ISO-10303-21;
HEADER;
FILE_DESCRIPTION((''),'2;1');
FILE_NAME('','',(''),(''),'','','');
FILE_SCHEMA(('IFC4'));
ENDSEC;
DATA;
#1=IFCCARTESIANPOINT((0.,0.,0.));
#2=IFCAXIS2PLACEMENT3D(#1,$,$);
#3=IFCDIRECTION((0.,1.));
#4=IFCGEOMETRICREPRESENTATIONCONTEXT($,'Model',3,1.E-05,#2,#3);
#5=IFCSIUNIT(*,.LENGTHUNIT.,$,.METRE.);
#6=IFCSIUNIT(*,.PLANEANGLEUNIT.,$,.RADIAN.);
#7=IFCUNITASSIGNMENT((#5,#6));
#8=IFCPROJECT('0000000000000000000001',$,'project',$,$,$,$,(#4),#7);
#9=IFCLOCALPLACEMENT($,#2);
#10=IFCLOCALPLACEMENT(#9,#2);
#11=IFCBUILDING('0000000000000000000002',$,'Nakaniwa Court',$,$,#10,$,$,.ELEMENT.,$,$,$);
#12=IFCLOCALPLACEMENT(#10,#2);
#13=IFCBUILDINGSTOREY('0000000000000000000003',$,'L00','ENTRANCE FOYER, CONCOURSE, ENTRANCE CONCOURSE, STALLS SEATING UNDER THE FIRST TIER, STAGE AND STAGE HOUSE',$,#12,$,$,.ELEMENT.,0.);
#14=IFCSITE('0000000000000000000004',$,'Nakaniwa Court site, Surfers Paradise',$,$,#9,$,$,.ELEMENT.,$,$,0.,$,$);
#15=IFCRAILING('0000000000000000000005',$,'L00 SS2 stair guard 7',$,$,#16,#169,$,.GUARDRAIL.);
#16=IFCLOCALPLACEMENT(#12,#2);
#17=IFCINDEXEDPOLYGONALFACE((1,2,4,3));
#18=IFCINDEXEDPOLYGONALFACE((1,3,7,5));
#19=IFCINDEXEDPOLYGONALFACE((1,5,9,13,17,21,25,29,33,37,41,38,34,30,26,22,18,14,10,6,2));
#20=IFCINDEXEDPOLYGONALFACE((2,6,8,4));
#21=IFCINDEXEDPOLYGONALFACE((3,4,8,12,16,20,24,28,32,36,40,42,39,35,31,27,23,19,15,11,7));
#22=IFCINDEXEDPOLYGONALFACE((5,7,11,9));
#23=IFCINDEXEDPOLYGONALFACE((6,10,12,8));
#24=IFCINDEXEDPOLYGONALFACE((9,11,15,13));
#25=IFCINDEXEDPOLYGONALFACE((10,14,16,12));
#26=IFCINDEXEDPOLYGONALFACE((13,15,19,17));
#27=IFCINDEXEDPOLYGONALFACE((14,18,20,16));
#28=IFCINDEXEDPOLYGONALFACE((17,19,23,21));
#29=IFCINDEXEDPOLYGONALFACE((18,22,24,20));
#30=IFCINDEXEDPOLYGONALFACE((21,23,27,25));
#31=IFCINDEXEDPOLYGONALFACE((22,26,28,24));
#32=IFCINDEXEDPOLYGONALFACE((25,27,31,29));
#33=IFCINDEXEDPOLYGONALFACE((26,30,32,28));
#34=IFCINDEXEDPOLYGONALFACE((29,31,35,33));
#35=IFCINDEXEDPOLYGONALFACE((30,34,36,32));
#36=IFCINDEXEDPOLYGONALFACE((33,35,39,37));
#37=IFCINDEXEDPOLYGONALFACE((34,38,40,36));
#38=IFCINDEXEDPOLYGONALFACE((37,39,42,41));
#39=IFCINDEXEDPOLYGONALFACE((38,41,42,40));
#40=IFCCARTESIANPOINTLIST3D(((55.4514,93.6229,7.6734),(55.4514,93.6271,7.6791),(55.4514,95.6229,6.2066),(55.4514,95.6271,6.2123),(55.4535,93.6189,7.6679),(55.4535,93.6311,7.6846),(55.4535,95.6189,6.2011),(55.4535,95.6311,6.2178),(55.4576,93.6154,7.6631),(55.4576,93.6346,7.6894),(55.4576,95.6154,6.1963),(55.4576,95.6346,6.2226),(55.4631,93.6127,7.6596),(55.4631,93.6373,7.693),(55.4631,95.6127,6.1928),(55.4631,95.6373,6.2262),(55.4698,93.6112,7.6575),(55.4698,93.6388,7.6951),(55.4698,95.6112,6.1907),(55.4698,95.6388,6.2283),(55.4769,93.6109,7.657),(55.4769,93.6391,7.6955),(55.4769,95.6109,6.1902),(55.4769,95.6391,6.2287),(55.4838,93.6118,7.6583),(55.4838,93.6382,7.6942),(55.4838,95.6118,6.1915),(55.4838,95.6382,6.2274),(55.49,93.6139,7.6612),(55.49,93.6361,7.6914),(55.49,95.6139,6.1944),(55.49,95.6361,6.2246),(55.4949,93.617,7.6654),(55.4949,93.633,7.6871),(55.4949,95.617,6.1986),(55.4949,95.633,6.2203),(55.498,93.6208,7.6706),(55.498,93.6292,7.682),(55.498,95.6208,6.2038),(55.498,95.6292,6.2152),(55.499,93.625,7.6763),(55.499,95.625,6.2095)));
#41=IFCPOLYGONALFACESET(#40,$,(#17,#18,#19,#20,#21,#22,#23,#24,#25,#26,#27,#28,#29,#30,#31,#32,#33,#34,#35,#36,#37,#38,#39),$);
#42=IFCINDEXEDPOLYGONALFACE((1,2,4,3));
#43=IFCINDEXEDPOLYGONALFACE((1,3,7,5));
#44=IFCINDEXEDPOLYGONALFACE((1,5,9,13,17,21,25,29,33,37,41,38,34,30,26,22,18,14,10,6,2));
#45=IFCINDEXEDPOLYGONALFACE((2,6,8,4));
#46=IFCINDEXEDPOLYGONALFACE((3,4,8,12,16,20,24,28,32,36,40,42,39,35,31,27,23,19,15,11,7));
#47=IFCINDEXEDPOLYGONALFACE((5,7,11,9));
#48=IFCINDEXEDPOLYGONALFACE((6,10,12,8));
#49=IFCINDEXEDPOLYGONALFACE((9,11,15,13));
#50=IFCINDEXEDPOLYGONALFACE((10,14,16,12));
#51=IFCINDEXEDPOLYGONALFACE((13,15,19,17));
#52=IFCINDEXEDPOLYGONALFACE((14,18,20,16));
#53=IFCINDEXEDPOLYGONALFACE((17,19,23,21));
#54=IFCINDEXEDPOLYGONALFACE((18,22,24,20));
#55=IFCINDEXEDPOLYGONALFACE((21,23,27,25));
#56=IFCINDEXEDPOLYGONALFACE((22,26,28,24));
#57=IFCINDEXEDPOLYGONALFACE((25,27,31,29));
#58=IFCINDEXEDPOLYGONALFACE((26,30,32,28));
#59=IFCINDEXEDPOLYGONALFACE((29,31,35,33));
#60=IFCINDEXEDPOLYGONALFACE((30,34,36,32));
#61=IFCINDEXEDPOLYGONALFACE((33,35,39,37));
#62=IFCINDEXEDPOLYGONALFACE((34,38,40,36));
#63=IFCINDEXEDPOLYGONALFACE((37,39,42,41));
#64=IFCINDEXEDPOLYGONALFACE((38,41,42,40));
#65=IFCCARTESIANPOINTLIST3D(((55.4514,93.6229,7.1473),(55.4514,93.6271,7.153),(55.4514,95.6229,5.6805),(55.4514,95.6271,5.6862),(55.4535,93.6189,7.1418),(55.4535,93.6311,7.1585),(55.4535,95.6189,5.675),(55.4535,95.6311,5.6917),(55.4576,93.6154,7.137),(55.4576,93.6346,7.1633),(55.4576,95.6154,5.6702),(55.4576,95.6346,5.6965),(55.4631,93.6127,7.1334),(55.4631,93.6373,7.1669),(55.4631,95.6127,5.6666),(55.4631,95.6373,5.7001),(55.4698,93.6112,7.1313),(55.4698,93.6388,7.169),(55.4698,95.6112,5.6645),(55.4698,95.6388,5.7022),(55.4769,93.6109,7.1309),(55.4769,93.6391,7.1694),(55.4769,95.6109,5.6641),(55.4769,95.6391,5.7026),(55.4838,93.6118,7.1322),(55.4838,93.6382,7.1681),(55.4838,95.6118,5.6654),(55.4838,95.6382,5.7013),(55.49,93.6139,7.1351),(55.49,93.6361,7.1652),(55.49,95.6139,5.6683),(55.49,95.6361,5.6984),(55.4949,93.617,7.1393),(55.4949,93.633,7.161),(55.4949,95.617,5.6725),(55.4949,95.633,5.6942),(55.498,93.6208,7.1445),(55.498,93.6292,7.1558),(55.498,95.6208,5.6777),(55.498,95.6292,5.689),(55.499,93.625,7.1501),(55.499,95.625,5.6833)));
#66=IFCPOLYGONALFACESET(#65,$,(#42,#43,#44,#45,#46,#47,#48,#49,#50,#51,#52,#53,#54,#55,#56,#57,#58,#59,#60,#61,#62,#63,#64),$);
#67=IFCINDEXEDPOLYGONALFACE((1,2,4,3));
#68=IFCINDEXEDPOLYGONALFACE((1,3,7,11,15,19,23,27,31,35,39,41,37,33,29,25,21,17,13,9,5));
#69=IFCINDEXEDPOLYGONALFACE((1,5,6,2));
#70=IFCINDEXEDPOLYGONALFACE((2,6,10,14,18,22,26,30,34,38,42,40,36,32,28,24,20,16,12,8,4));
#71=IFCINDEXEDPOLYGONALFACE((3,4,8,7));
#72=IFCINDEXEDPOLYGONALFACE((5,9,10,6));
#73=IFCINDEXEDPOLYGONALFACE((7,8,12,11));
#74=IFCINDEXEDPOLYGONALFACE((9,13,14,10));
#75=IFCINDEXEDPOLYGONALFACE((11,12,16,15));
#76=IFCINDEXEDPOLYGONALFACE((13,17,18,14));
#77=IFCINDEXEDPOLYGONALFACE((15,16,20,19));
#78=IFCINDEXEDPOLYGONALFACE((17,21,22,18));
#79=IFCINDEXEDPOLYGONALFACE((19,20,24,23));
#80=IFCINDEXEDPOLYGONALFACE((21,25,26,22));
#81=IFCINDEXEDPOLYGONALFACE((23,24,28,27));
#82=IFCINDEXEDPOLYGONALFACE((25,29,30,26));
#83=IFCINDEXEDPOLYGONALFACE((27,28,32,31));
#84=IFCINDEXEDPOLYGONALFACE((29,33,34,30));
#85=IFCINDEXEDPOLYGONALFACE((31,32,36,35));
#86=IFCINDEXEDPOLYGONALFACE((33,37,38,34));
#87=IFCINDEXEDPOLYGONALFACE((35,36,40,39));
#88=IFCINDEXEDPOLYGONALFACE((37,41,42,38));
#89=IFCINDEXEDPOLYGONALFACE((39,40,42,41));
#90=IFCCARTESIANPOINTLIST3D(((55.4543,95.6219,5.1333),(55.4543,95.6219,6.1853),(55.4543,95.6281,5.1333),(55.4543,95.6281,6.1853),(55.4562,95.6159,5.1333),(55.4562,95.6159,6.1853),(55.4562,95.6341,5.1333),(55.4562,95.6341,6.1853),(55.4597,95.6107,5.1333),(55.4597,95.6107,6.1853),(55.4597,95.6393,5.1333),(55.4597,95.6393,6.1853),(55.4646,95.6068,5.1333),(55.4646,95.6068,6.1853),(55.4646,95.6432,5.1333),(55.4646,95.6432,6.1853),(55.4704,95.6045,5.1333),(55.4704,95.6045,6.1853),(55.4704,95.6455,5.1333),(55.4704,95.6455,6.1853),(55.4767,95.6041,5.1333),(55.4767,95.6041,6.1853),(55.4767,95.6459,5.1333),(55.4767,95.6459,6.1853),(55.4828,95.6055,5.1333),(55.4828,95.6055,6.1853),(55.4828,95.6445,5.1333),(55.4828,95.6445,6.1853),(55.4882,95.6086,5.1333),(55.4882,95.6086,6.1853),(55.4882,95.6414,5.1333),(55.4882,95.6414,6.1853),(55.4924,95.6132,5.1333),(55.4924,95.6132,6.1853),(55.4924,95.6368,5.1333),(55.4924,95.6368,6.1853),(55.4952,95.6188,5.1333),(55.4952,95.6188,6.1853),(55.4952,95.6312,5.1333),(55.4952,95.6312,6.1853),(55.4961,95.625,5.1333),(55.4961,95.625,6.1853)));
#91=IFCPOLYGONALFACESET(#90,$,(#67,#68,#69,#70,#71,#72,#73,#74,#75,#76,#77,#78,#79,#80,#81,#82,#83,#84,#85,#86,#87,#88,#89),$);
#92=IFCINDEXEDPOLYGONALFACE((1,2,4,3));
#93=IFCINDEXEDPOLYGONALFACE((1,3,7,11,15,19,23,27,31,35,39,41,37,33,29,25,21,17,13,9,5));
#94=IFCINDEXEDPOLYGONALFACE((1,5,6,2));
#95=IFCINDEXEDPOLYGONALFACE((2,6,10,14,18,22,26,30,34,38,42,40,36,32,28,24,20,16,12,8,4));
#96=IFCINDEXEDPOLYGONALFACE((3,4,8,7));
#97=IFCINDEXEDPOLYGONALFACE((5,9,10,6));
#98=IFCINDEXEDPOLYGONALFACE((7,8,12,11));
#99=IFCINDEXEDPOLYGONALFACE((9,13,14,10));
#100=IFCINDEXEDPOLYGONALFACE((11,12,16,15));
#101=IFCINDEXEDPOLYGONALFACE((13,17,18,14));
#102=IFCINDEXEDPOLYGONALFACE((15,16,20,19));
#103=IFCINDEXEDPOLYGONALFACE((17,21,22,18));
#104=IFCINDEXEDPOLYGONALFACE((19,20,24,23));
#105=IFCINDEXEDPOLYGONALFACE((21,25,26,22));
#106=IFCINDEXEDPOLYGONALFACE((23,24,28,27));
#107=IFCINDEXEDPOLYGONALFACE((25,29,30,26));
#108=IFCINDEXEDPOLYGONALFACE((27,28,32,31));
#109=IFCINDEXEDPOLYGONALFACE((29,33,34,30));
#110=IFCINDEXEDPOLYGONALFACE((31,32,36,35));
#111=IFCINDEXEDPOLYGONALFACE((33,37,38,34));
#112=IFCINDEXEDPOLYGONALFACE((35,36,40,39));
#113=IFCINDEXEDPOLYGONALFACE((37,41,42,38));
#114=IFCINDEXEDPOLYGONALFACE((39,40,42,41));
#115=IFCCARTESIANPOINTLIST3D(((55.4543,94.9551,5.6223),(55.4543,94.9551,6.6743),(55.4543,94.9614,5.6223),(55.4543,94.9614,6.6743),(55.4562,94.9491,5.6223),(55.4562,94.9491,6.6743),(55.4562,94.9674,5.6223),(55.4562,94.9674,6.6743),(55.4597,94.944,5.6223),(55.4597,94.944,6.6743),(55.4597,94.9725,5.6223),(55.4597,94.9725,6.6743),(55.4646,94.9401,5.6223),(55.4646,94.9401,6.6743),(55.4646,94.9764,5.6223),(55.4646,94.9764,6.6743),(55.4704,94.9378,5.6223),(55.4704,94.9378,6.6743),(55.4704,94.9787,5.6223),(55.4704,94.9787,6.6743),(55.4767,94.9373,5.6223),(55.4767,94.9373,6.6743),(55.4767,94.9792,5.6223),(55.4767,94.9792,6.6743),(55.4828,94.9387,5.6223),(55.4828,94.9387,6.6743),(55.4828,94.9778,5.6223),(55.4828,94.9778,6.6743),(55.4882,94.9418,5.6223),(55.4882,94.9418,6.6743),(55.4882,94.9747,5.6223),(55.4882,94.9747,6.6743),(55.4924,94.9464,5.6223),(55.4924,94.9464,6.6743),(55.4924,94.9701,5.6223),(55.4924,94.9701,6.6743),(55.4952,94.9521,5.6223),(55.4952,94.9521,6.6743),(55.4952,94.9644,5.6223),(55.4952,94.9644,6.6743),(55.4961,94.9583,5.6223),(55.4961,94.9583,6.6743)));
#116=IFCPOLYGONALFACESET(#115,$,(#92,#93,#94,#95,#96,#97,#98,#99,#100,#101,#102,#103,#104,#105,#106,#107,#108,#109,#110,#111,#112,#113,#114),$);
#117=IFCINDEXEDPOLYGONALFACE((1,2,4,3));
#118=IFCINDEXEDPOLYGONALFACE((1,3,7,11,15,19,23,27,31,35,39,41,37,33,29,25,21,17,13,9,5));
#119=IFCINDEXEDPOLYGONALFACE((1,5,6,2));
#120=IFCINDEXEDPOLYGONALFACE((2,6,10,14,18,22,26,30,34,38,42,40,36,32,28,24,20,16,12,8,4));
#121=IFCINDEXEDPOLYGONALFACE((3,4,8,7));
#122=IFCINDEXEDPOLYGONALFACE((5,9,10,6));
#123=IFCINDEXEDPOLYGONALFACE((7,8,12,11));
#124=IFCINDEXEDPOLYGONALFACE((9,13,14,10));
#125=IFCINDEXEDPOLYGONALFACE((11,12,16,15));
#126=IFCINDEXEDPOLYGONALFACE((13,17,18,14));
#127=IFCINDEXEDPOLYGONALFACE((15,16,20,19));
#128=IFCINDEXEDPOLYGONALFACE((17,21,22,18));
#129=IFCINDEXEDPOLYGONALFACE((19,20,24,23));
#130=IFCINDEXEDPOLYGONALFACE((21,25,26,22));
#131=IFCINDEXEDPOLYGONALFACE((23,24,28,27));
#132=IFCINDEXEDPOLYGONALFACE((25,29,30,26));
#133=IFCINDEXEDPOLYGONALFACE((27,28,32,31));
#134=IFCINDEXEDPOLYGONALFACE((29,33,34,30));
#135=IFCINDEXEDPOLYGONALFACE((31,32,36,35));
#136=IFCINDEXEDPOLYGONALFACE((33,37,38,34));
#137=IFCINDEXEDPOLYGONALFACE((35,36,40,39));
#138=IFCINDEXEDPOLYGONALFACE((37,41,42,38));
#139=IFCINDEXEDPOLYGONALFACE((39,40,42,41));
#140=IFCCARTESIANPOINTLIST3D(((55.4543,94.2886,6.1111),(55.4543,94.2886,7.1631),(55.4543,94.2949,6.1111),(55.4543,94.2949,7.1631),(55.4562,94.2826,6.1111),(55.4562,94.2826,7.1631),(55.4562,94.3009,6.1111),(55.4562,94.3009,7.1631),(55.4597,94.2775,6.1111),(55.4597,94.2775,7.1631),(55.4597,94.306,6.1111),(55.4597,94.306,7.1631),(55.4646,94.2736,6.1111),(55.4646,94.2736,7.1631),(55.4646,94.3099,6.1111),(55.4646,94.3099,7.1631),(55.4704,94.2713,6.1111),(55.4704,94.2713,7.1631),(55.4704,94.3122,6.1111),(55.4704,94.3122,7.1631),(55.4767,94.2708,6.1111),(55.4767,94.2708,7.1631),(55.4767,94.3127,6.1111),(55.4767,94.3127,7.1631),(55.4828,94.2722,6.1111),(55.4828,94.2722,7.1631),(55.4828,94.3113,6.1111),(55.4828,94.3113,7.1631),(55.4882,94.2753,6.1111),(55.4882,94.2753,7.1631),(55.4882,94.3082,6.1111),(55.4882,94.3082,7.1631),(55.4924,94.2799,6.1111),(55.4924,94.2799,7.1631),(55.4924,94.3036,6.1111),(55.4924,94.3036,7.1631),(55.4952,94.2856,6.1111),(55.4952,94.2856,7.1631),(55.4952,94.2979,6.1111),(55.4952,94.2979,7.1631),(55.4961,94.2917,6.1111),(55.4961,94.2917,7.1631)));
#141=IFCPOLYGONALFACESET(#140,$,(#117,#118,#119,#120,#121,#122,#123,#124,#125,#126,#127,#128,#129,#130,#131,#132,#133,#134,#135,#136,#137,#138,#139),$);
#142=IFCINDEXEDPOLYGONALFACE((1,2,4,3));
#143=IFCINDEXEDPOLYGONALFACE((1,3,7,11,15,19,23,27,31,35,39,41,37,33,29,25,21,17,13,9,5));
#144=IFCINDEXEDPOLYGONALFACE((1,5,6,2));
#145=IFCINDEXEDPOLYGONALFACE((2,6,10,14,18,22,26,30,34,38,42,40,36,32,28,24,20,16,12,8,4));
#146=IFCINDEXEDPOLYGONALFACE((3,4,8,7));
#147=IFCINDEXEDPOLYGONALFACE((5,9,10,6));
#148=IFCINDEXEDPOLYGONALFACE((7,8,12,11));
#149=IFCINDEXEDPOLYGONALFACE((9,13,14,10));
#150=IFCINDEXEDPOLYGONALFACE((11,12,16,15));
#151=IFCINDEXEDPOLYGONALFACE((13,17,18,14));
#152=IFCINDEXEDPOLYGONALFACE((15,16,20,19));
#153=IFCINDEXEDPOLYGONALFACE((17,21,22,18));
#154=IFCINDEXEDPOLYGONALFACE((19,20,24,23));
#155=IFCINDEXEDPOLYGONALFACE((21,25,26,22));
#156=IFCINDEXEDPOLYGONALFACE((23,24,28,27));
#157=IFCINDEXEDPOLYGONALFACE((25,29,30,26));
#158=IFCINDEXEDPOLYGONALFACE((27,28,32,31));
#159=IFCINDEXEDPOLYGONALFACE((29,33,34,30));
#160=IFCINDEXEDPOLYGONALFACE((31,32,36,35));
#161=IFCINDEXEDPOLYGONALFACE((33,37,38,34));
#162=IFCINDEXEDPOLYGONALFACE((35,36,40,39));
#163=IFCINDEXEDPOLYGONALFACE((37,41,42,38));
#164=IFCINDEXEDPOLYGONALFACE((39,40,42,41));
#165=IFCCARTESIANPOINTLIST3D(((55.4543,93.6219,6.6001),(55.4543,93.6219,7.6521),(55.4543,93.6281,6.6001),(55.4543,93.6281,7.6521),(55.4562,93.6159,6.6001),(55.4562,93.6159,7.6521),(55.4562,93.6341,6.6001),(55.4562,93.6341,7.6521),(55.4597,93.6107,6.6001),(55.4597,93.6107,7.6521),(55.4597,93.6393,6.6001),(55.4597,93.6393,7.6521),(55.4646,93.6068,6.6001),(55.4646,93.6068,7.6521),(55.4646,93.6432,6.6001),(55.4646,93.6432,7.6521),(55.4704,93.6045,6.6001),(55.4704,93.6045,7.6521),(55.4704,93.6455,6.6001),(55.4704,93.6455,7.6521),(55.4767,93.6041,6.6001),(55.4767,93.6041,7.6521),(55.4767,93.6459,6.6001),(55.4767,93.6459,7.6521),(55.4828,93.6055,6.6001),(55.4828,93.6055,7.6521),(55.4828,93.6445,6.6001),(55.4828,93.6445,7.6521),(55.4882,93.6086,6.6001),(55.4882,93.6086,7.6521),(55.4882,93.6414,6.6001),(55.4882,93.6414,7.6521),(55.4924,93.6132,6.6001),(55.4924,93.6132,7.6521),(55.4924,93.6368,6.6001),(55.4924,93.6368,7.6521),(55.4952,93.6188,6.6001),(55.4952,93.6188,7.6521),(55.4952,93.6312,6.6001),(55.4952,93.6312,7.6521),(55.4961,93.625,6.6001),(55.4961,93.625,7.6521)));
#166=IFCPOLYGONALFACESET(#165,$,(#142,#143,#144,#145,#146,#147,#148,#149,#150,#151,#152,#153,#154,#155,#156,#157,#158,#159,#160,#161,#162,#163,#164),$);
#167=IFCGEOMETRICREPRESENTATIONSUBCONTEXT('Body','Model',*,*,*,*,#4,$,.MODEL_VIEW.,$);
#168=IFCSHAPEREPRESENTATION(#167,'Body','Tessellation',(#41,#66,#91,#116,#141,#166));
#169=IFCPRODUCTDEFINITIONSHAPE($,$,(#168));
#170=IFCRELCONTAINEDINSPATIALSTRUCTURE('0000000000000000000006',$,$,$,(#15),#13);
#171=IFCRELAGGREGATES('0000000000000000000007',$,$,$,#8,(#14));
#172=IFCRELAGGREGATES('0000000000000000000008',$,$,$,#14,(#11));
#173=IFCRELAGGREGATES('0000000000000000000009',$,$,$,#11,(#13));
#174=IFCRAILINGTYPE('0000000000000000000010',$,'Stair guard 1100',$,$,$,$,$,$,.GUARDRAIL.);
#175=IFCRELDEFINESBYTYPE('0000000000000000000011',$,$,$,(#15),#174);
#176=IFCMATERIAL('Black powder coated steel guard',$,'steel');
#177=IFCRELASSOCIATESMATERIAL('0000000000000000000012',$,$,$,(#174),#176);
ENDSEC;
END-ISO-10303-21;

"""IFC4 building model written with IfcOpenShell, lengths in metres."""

from ifc_helpers import new_model, si_unit, direction, frame, origin, origin_2d, place, context, subcontext, project, spatial, circle, extrude, material, type_object, element, save


model = new_model("IFC4")

# Units and contexts
model_context = context("Model", 3, precision=1e-05, world=origin(), true_north=direction((0.0, 1.0)))
body_context = subcontext(model_context, "Body", "Model", "MODEL_VIEW")
ifc_project = project(units=[si_unit("LENGTHUNIT", "METRE"), si_unit("PLANEANGLEUNIT", "RADIAN")], contexts=[model_context])

# Site, building, storey
site_placement = place(None, origin())
site = spatial("IfcSite", under=ifc_project, at=site_placement, Name="Nakaniwa Court site, Surfers Paradise", CompositionType="ELEMENT", RefElevation=0.0)
building_placement = place(site_placement, origin())
building = spatial("IfcBuilding", under=site, at=building_placement, Name="Nakaniwa Court", CompositionType="ELEMENT")
storey_placement = place(building_placement, origin())
storey = spatial("IfcBuildingStorey", under=building, at=storey_placement, Name="L00", Description="ENTRANCE FOYER, CONCOURSE, ENTRANCE CONCOURSE, STALLS SEATING UNDER THE FIRST TIER, STAGE AND STAGE HOUSE", CompositionType="ELEMENT", Elevation=0.0)

# Railing
ifc_material_1 = material(Name="Black powder coated steel guard", Category="steel")
railing_type_1 = type_object("IfcRailingType", Name="Stair guard 1100", PredefinedType="GUARDRAIL", material=ifc_material_1)
railing_1_placement = place(storey_placement, frame((55.4751, 95.625, 5.1333)))
element("IfcRailing", 1, at=railing_1_placement, inside=storey, type_object=railing_type_1, Name="L00 SS2 stair guard 7", PredefinedType="GUARDRAIL", context=body_context, shape_type="SweptSolid", body=[
    extrude(circle(Radius=0.0239, at=origin_2d()), frame((0.0, 0.0, 1.0762), z_axis=(0.0, -0.80638, 0.591398), x_axis=(1.0, 0.0, 0.0)), (0.0, 0.0, 1.0), 2.4802),
    extrude(circle(Radius=0.0239, at=origin_2d()), frame((0.0, 0.0, 0.55), z_axis=(0.0, -0.80638, 0.591398), x_axis=(1.0, 0.0, 0.0)), (0.0, 0.0, 1.0), 2.4802),
    extrude(circle(Radius=0.021, at=origin_2d()), origin(), (0.0, 0.0, 1.0), 1.052),
    extrude(circle(Radius=0.021, at=origin_2d()), frame((0.0, -0.6667, 0.489)), (0.0, 0.0, 1.0), 1.052),
    extrude(circle(Radius=0.021, at=origin_2d()), frame((0.0, -1.3333, 0.9778)), (0.0, 0.0, 1.0), 1.052),
    extrude(circle(Radius=0.021, at=origin_2d()), frame((0.0, -2.0, 1.4668)), (0.0, 0.0, 1.0), 1.052),
])

save(model, "model.ifc")
